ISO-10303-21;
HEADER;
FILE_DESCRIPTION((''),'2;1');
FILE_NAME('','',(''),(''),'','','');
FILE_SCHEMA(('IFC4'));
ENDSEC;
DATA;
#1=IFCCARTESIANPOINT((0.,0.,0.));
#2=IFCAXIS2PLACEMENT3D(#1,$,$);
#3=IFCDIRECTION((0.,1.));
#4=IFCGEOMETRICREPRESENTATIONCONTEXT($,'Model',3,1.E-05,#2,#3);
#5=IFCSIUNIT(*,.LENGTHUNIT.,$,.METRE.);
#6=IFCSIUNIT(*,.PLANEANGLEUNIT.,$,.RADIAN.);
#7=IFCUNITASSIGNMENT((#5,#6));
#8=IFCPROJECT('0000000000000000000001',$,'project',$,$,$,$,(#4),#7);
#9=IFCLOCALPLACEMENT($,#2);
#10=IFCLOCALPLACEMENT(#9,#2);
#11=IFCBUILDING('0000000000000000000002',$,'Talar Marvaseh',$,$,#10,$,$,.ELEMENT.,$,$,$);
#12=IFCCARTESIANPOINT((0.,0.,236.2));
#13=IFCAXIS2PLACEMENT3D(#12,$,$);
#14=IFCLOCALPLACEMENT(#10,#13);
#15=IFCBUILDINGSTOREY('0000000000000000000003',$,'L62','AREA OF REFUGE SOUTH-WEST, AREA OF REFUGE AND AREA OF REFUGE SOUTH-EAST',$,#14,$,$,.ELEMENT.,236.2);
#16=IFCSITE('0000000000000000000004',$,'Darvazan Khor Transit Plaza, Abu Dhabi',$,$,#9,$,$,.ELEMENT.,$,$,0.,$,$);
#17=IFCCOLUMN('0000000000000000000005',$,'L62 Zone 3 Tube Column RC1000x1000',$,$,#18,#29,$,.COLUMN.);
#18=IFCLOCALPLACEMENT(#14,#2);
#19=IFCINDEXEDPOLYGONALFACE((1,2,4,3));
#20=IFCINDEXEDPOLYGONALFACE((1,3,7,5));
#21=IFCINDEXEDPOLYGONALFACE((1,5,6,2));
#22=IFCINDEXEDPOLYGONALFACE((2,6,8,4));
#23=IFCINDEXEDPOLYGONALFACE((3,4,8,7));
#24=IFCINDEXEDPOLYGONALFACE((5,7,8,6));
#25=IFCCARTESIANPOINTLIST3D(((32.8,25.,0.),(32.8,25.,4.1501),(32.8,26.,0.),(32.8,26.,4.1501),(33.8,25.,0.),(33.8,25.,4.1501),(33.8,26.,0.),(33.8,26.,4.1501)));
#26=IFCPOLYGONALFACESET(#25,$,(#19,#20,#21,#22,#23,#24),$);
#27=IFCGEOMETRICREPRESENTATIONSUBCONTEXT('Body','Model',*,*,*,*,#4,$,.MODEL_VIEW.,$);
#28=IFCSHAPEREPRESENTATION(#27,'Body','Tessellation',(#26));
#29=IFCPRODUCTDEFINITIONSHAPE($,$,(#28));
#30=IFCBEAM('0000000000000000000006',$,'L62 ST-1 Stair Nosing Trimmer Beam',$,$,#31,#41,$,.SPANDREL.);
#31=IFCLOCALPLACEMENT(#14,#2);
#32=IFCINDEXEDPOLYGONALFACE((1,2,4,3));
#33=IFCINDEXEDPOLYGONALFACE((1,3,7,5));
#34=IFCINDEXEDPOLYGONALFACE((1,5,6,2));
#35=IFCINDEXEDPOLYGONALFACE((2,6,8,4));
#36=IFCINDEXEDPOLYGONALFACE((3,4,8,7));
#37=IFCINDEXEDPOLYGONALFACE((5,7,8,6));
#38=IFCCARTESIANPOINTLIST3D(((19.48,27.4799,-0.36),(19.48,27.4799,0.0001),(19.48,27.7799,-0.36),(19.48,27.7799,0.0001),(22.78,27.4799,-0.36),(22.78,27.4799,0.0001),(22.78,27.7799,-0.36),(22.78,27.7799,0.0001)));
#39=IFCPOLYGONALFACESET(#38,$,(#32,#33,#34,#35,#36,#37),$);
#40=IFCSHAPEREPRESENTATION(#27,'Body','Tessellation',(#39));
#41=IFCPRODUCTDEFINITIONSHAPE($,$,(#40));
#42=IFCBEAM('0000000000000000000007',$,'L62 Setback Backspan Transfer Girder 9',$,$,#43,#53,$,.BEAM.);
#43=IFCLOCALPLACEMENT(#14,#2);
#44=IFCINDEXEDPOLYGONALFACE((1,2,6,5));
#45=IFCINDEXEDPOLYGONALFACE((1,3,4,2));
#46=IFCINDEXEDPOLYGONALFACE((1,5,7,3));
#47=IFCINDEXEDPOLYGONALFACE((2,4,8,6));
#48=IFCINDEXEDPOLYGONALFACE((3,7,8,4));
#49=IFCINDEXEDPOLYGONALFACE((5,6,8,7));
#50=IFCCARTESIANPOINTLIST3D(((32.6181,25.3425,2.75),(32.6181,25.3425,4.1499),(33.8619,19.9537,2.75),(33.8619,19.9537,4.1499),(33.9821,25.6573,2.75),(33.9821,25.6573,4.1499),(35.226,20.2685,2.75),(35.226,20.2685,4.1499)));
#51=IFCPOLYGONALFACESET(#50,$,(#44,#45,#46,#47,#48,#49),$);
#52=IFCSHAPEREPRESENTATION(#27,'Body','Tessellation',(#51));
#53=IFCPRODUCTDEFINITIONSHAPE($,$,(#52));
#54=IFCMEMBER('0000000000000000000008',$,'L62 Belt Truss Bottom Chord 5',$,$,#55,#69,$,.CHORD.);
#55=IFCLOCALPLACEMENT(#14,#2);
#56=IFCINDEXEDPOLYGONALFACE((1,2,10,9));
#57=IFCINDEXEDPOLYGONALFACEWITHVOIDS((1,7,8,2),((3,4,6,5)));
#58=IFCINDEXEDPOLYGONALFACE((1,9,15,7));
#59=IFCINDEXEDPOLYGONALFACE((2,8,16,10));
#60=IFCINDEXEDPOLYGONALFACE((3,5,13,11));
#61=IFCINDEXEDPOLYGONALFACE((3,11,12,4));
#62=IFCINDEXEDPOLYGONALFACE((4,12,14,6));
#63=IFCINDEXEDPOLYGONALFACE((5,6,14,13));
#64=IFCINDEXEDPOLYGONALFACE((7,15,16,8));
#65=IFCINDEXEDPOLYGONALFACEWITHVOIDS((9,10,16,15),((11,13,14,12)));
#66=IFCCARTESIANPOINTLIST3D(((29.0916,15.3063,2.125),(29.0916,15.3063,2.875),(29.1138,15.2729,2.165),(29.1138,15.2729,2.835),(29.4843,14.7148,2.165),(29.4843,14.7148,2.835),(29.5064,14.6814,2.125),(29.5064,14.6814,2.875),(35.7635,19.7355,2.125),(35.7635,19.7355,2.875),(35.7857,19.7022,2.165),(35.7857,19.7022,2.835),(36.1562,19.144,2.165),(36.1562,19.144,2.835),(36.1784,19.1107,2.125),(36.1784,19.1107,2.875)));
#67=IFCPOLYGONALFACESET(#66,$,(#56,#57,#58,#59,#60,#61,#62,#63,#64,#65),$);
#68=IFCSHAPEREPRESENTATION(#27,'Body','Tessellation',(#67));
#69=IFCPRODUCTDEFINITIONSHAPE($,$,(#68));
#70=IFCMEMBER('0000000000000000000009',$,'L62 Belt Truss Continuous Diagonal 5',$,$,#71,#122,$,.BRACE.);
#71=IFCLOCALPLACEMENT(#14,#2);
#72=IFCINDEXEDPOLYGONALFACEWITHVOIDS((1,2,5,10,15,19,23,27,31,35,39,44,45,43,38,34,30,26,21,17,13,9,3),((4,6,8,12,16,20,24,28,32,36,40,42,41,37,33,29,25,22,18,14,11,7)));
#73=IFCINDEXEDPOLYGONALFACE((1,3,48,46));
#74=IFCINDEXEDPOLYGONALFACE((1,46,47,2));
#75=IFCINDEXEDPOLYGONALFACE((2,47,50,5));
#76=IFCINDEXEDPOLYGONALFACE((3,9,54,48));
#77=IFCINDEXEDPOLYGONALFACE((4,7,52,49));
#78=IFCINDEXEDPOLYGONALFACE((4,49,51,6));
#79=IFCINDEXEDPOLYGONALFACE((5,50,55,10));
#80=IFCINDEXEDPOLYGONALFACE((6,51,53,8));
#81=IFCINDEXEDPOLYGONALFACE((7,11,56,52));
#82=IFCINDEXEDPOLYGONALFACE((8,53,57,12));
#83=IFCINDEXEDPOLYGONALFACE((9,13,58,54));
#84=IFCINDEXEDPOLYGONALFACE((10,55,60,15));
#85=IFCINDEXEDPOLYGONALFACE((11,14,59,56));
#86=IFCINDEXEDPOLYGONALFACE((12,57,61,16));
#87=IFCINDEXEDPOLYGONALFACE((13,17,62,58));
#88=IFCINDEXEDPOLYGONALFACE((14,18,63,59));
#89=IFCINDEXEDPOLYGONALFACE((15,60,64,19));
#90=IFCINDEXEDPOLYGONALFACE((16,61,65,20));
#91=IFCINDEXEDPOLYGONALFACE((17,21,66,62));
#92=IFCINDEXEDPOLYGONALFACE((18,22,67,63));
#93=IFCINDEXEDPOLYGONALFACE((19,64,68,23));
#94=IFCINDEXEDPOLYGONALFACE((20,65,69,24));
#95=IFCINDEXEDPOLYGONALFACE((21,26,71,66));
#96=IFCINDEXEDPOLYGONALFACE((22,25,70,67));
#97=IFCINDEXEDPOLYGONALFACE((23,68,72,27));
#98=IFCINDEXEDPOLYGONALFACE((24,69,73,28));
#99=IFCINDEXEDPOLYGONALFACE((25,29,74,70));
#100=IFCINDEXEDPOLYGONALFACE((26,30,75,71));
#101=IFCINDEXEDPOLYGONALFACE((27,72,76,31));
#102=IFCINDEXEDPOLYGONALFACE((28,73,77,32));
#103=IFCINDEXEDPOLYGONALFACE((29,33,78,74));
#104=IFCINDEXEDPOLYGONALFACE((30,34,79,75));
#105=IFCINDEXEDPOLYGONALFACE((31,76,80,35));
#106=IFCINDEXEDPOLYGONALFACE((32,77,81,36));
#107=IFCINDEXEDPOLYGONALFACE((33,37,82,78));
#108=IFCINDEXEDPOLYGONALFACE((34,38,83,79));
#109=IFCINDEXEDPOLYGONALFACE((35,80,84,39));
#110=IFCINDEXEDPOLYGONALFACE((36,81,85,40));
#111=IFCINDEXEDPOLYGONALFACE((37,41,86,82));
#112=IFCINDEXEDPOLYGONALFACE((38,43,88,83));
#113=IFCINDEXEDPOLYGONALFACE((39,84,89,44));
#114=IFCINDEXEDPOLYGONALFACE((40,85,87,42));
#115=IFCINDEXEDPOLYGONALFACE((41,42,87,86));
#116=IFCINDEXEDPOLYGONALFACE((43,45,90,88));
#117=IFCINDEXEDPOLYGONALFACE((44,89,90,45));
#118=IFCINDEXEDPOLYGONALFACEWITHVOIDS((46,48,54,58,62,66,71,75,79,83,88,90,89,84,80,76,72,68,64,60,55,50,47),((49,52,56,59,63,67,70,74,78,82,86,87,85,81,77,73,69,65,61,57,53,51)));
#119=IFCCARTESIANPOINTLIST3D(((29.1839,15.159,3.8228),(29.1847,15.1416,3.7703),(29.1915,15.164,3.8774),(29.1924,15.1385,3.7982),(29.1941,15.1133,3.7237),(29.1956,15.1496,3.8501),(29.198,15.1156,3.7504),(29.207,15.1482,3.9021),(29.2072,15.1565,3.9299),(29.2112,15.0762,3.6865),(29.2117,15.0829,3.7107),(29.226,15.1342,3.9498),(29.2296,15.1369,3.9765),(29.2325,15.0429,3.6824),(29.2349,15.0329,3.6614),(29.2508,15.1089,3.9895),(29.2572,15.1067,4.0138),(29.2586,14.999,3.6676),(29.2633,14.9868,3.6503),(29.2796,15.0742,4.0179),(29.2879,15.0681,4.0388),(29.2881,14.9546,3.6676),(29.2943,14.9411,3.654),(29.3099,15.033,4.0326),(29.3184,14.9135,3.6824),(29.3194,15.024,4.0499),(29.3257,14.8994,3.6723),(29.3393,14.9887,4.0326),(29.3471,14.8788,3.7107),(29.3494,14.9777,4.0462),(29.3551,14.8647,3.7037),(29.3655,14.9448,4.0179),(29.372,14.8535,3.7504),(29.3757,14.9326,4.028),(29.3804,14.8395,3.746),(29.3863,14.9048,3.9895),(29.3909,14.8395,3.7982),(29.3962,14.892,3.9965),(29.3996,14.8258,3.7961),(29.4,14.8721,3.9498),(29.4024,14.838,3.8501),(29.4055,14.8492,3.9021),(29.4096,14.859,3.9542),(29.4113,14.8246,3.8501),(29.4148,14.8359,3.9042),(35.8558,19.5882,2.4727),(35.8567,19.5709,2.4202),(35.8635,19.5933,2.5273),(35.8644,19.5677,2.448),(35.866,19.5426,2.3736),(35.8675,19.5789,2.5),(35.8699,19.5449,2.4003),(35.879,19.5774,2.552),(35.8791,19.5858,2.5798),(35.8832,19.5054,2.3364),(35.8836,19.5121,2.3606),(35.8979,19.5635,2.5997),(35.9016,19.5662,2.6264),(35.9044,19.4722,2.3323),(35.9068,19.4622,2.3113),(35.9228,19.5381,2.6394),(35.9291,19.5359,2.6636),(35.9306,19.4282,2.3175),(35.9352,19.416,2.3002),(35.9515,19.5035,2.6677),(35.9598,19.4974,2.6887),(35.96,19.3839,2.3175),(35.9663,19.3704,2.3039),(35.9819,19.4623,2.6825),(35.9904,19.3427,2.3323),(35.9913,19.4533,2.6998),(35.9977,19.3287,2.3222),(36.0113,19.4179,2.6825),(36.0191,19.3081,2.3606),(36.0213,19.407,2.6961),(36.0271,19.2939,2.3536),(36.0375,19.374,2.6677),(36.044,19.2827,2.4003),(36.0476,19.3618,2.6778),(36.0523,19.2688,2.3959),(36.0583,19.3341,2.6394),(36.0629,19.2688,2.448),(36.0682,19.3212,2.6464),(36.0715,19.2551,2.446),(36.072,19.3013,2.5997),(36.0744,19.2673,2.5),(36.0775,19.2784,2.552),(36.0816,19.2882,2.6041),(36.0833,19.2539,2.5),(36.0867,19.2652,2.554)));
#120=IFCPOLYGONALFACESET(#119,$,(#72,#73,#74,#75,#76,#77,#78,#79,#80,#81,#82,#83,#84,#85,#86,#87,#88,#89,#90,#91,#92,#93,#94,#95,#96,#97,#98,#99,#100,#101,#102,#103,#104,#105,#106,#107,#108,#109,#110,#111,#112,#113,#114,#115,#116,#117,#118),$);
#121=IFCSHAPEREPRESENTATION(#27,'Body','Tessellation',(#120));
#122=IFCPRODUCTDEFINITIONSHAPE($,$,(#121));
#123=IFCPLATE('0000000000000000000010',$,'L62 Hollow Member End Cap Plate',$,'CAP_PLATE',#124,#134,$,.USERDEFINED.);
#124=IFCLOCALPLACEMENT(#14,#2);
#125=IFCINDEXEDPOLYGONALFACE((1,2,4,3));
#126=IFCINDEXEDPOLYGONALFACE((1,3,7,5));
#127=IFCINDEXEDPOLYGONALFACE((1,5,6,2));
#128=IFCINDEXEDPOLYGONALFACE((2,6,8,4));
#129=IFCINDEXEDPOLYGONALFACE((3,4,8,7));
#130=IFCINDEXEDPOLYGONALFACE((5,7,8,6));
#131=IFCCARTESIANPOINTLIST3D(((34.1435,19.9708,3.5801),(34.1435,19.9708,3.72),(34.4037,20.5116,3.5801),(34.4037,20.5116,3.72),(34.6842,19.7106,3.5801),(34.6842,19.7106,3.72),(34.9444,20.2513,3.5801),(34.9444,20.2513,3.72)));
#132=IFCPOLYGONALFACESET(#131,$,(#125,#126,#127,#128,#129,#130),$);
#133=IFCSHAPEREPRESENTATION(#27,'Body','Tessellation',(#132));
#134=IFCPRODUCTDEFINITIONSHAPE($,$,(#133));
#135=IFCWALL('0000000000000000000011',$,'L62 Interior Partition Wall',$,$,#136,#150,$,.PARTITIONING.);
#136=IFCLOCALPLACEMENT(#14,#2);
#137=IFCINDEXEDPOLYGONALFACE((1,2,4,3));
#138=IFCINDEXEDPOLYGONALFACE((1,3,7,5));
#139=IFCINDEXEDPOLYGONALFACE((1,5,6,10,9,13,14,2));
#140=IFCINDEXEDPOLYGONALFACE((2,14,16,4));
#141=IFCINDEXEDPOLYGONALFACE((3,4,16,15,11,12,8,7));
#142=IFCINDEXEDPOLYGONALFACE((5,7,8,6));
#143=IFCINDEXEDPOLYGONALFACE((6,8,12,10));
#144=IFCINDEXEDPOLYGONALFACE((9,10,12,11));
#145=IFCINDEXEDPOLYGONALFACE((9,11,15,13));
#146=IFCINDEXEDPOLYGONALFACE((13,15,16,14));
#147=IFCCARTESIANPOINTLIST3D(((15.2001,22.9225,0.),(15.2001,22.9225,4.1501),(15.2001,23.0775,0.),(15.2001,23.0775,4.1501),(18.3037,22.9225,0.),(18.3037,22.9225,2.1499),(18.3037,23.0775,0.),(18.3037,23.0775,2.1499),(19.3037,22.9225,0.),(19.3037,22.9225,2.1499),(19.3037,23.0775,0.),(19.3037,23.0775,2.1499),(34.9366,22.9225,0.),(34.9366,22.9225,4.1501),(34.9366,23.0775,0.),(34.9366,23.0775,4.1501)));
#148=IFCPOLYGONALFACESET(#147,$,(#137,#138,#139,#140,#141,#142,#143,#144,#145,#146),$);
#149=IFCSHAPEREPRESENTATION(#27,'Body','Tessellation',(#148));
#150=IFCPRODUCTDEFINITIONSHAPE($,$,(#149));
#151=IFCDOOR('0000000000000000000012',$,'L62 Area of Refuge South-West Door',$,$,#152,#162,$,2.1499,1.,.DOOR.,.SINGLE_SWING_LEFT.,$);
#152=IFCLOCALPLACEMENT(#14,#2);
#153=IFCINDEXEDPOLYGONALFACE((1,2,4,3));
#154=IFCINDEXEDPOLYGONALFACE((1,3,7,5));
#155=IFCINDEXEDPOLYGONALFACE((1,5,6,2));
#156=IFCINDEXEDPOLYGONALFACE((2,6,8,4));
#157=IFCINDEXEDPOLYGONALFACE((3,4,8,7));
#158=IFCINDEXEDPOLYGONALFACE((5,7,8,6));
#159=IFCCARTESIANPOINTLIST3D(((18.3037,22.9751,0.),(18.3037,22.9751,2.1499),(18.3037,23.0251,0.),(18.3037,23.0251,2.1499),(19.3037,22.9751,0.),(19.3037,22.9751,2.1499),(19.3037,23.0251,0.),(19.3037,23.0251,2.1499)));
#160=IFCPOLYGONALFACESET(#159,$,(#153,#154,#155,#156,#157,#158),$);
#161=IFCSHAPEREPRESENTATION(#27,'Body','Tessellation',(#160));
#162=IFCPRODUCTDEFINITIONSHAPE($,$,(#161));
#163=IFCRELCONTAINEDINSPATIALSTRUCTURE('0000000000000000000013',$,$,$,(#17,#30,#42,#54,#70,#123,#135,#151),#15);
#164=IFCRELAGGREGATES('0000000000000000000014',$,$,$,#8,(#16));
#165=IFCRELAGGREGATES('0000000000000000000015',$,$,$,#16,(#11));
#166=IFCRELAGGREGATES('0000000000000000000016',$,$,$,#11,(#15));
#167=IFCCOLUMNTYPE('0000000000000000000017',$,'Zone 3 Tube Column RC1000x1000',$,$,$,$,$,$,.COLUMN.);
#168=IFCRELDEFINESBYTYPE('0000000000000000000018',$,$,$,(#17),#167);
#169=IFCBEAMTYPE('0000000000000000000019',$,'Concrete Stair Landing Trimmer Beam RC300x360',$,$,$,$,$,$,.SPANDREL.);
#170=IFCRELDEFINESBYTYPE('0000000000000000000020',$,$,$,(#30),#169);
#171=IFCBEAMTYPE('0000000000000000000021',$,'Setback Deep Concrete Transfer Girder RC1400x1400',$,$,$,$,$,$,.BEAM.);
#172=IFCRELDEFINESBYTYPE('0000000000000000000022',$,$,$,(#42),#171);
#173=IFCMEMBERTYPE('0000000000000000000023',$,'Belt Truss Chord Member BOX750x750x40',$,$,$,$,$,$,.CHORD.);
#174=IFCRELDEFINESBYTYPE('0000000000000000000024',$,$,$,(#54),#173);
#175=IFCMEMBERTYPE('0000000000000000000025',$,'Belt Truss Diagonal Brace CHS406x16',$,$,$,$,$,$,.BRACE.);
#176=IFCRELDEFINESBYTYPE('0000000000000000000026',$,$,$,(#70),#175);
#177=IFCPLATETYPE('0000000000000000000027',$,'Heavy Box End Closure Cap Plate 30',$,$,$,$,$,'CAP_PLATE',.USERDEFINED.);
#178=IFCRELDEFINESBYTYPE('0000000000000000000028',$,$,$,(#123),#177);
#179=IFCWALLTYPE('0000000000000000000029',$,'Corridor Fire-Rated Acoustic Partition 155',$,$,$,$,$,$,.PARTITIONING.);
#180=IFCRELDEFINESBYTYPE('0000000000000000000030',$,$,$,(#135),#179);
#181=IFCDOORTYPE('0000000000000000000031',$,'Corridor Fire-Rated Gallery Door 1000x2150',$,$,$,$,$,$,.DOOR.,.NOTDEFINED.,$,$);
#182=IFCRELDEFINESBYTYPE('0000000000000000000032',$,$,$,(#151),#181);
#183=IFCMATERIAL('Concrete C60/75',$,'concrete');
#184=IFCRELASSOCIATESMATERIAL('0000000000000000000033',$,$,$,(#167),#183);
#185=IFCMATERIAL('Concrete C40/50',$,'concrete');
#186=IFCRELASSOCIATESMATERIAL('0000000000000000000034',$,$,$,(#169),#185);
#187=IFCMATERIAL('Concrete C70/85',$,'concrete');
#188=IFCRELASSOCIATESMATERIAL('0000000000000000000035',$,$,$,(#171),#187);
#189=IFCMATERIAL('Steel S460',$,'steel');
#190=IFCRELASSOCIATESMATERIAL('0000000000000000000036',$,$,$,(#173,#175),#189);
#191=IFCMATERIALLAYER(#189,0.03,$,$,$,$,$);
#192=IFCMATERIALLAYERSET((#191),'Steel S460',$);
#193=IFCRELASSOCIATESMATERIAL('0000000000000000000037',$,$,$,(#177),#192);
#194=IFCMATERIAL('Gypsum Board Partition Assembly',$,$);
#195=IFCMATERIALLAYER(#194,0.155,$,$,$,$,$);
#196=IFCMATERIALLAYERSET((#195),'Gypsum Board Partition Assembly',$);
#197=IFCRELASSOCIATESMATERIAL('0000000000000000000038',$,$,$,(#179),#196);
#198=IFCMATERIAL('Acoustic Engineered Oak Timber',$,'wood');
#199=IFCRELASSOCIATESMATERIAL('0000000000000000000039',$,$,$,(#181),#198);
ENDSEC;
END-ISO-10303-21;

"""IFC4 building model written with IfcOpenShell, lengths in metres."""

from ifc_helpers import new_model, si_unit, direction, frame, frame_2d, origin, origin_2d, place, context, subcontext, project, spatial, rectangle, hollow_rectangle, hollow_circle, extrude, source, transform, mapped, material, layer, layer_set, material_profile, profile_set, type_object, type_shapes, element, fill, save


model = new_model("IFC4")

# Units and contexts
model_context = context("Model", 3, precision=1e-05, world=origin(), true_north=direction((0.0, 1.0)))
body_context = subcontext(model_context, "Body", "Model", "MODEL_VIEW")
ifc_project = project(units=[si_unit("LENGTHUNIT", "METRE"), si_unit("PLANEANGLEUNIT", "RADIAN")], contexts=[model_context])

# Site, building, storey
site_placement = place(None, origin())
site = spatial("IfcSite", under=ifc_project, at=site_placement, Name="Darvazan Khor Transit Plaza, Abu Dhabi", CompositionType="ELEMENT", RefElevation=0.0)
building_placement = place(site_placement, origin())
building = spatial("IfcBuilding", under=site, at=building_placement, Name="Talar Marvaseh", CompositionType="ELEMENT")
storey_placement = place(building_placement, frame((0.0, 0.0, 236.2)))
storey = spatial("IfcBuildingStorey", under=building, at=storey_placement, Name="L62", Description="AREA OF REFUGE SOUTH-WEST, AREA OF REFUGE AND AREA OF REFUGE SOUTH-EAST", CompositionType="ELEMENT", Elevation=236.2)

# Column
ifc_material_1 = material(Name="Concrete C60/75", Category="concrete")
ifc_material_profile_1 = material_profile(ifc_material_1, rectangle(XDim=1.0, YDim=1.0, at=origin_2d()), Name="RC1000x1000")
ifc_profile_set_1 = profile_set([ifc_material_profile_1], Name="Concrete C60/75")
column_type = type_object("IfcColumnType", Name="Zone 3 Tube Column RC1000x1000", PredefinedType="COLUMN", material=ifc_profile_set_1)
column_placement = place(storey_placement, frame((33.3, 25.5, 0.0), z_axis=(0.0, 0.0, 1.0), x_axis=(1.0, 0.0, 0.0)))
element("IfcColumn", 1, at=column_placement, inside=storey, type_object=column_type, Name="L62 Zone 3 Tube Column RC1000x1000", PredefinedType="COLUMN", context=body_context, shape_type="SweptSolid", body=[
    extrude(rectangle(XDim=1.0, YDim=1.0, at=origin_2d()), origin(), (0.0, 0.0, 1.0), 4.1501),
])

# Beams
ifc_material_2 = material(Name="Concrete C40/50", Category="concrete")
ifc_material_profile_2 = material_profile(ifc_material_2, rectangle(XDim=0.3, YDim=0.3601, at=origin_2d()), Name="RC300x360")
ifc_profile_set_2 = profile_set([ifc_material_profile_2], Name="Concrete C40/50")
beam_type_1 = type_object("IfcBeamType", Name="Concrete Stair Landing Trimmer Beam RC300x360", PredefinedType="SPANDREL", material=ifc_profile_set_2)
beam_1_placement = place(storey_placement, frame((22.78, 27.6299, -0.1799), z_axis=(-1.0, 0.0, 0.0), x_axis=(0.0, -1.0, 0.0)))
element("IfcBeam", 2, at=beam_1_placement, inside=storey, type_object=beam_type_1, Name="L62 ST-1 Stair Nosing Trimmer Beam", PredefinedType="SPANDREL", context=body_context, shape_type="SweptSolid", body=[
    extrude(rectangle(XDim=0.3, YDim=0.3601, at=origin_2d()), origin(), (0.0, 0.0, 1.0), 3.3),
])
ifc_material_3 = material(Name="Concrete C70/85", Category="concrete")
ifc_material_profile_3 = material_profile(ifc_material_3, rectangle(XDim=1.3999, YDim=1.3999, at=origin_2d()), Name="RC1400x1400")
ifc_profile_set_3 = profile_set([ifc_material_profile_3], Name="Concrete C70/85")
beam_type_2 = type_object("IfcBeamType", Name="Setback Deep Concrete Transfer Girder RC1400x1400", PredefinedType="BEAM", material=ifc_profile_set_3)
beam_2_placement = place(storey_placement, frame((34.5439, 20.1111, 3.45), z_axis=(-0.224911, 0.974379, 0.0), x_axis=(-0.974379, -0.224911, 0.0)))
element("IfcBeam", 3, at=beam_2_placement, inside=storey, type_object=beam_type_2, Name="L62 Setback Backspan Transfer Girder 9", PredefinedType="BEAM", context=body_context, shape_type="SweptSolid", body=[
    extrude(rectangle(XDim=1.3999, YDim=1.3999, at=origin_2d()), origin(), (0.0, 0.0, 1.0), 5.5305),
])

# Members
ifc_material_4 = material(Name="Steel S460", Category="steel")
ifc_material_profile_4 = material_profile(ifc_material_4, hollow_rectangle(XDim=0.75, YDim=0.75, WallThickness=0.04, at=origin_2d()), Name="BOX750x750x40")
ifc_profile_set_4 = profile_set([ifc_material_profile_4], Name="Steel S460")
member_type_1 = type_object("IfcMemberType", Name="Belt Truss Chord Member BOX750x750x40", PredefinedType="CHORD", material=ifc_profile_set_4)
shared_shape_1 = source(origin(), body_context, "Body", "SweptSolid", [
    extrude(hollow_rectangle(XDim=0.75, YDim=0.75, WallThickness=0.04, at=origin_2d()), origin(), (0.0, 0.0, 1.0), 8.0083),
])
type_shapes(member_type_1, [shared_shape_1])
member_1_placement = place(storey_placement, frame((35.9709, 19.4231, 2.5), z_axis=(-0.833127, -0.553081, 0.0), x_axis=(0.553081, -0.833127, 0.0)))
element("IfcMember", 4, at=member_1_placement, inside=storey, type_object=member_type_1, Name="L62 Belt Truss Bottom Chord 5", PredefinedType="CHORD", context=body_context, shape_type="MappedRepresentation", body=[
    mapped(shared_shape_1, transform((0.0, 0.0, 0.0), x_axis=(1.0, 0.0, 0.0), y_axis=(0.0, 1.0, 0.0), z_axis=(0.0, 0.0, 1.0), scale=1.0)),
])
ifc_material_profile_5 = material_profile(ifc_material_4, hollow_circle(Radius=0.2031, WallThickness=0.0161, at=origin_2d()), Name="CHS406x16")
ifc_profile_set_5 = profile_set([ifc_material_profile_5], Name="Steel S460")
member_type_2 = type_object("IfcMemberType", Name="Belt Truss Diagonal Brace CHS406x16", PredefinedType="BRACE", material=ifc_profile_set_5)
shared_shape_2 = source(origin(), body_context, "Body", "SweptSolid", [
    extrude(hollow_circle(Radius=0.2031, WallThickness=0.0161, at=origin_2d()), origin(), (0.0, 0.0, 1.0), 8.1213),
])
type_shapes(member_type_2, [shared_shape_2])
member_2_placement = place(storey_placement, frame((35.9709, 19.4231, 2.5), z_axis=(-0.821534, -0.545385, 0.166243), x_axis=(0.553081, -0.833127, 0.0)))
element("IfcMember", 5, at=member_2_placement, inside=storey, type_object=member_type_2, Name="L62 Belt Truss Continuous Diagonal 5", PredefinedType="BRACE", context=body_context, shape_type="MappedRepresentation", body=[
    mapped(shared_shape_2, transform((0.0, 0.0, 0.0), x_axis=(1.0, 0.0, 0.0), y_axis=(0.0, 1.0, 0.0), z_axis=(0.0, 0.0, 1.0), scale=1.0)),
])

# Plate
ifc_layer_1 = layer(ifc_material_4, 0.03)
ifc_layer_set_1 = layer_set([ifc_layer_1], Name="Steel S460")
plate_type = type_object("IfcPlateType", Name="Heavy Box End Closure Cap Plate 30", ElementType="CAP_PLATE", PredefinedType="USERDEFINED", material=ifc_layer_set_1)
shared_shape_3 = source(origin(), body_context, "Body", "SweptSolid", [
    extrude(rectangle(XDim=0.6001, YDim=0.6001, at=origin_2d()), origin(), (0.0, 0.0, 1.0), 0.1399),
])
type_shapes(plate_type, [shared_shape_3])
plate_placement = place(storey_placement, frame((34.5439, 20.1111, 3.5801), z_axis=(0.0, 0.0, 1.0), x_axis=(-0.901077, 0.433659, 0.0)))
element("IfcPlate", 6, at=plate_placement, inside=storey, type_object=plate_type, Name="L62 Hollow Member End Cap Plate", ObjectType="CAP_PLATE", PredefinedType="USERDEFINED", context=body_context, shape_type="MappedRepresentation", body=[
    mapped(shared_shape_3, transform((0.0, 0.0, 0.0), x_axis=(1.0, 0.0, 0.0), y_axis=(0.0, 1.0, 0.0), z_axis=(0.0, 0.0, 1.0), scale=1.0)),
])

# Wall, opening, door
ifc_material_5 = material(Name="Gypsum Board Partition Assembly")
ifc_layer_2 = layer(ifc_material_5, 0.155)
ifc_layer_set_2 = layer_set([ifc_layer_2], Name="Gypsum Board Partition Assembly")
wall_type_1 = type_object("IfcWallType", Name="Corridor Fire-Rated Acoustic Partition 155", PredefinedType="PARTITIONING", material=ifc_layer_set_2)
wall_1_placement = place(storey_placement, frame((34.9365, 23.0, 0.0), z_axis=(0.0, 0.0, 1.0), x_axis=(-1.0, 0.0, 0.0)))
wall_1 = element("IfcWall", 7, at=wall_1_placement, inside=storey, type_object=wall_type_1, Name="L62 Interior Partition Wall", PredefinedType="PARTITIONING", context=body_context, shape_type="SweptSolid", body=[
    extrude(rectangle(XDim=19.7366, YDim=0.155, at=frame_2d((9.8682, 0.0))), origin(), (0.0, 0.0, 1.0), 4.1501),
])
opening_1_placement = place(wall_1_placement, frame((15.6328, 0.0, 0.0)))
opening_1 = element("IfcOpeningElement", 8, at=opening_1_placement, cuts=wall_1, PredefinedType="OPENING", context=body_context, shape_type="SweptSolid", body=[
    extrude(rectangle(XDim=1.0, YDim=2.1499, at=frame_2d((0.5, 1.075))), frame((0.0, 0.0874, 0.0), z_axis=(0.0, -1.0, 0.0), x_axis=(1.0, 0.0, 0.0)), (0.0, 0.0, 1.0), 0.175),
])
ifc_material_6 = material(Name="Acoustic Engineered Oak Timber", Category="wood")
door_type_1 = type_object("IfcDoorType", Name="Corridor Fire-Rated Gallery Door 1000x2150", OperationType="NOTDEFINED", PredefinedType="DOOR", material=ifc_material_6)
shared_shape_4 = source(origin(), body_context, "Body", "SweptSolid", [
    extrude(rectangle(XDim=1.0, YDim=2.1499, at=frame_2d((0.5, 1.075))), frame((0.0, 0.0249, 0.0), z_axis=(0.0, -1.0, 0.0), x_axis=(1.0, 0.0, 0.0)), (0.0, 0.0, 1.0), 0.05),
])
type_shapes(door_type_1, [shared_shape_4])
door_1_placement = place(opening_1_placement, origin())
door_1 = element("IfcDoor", 9, at=door_1_placement, inside=storey, type_object=door_type_1, Name="L62 Area of Refuge South-West Door", OperationType="SINGLE_SWING_LEFT", OverallHeight=2.1499, OverallWidth=1.0, PredefinedType="DOOR", context=body_context, shape_type="MappedRepresentation", body=[
    mapped(shared_shape_4, transform((0.0, 0.0, 0.0), x_axis=(1.0, 0.0, 0.0), y_axis=(0.0, 1.0, 0.0), z_axis=(0.0, 0.0, 1.0), scale=1.0)),
])
fill(opening_1, door_1)

save(model, "model.ifc")
